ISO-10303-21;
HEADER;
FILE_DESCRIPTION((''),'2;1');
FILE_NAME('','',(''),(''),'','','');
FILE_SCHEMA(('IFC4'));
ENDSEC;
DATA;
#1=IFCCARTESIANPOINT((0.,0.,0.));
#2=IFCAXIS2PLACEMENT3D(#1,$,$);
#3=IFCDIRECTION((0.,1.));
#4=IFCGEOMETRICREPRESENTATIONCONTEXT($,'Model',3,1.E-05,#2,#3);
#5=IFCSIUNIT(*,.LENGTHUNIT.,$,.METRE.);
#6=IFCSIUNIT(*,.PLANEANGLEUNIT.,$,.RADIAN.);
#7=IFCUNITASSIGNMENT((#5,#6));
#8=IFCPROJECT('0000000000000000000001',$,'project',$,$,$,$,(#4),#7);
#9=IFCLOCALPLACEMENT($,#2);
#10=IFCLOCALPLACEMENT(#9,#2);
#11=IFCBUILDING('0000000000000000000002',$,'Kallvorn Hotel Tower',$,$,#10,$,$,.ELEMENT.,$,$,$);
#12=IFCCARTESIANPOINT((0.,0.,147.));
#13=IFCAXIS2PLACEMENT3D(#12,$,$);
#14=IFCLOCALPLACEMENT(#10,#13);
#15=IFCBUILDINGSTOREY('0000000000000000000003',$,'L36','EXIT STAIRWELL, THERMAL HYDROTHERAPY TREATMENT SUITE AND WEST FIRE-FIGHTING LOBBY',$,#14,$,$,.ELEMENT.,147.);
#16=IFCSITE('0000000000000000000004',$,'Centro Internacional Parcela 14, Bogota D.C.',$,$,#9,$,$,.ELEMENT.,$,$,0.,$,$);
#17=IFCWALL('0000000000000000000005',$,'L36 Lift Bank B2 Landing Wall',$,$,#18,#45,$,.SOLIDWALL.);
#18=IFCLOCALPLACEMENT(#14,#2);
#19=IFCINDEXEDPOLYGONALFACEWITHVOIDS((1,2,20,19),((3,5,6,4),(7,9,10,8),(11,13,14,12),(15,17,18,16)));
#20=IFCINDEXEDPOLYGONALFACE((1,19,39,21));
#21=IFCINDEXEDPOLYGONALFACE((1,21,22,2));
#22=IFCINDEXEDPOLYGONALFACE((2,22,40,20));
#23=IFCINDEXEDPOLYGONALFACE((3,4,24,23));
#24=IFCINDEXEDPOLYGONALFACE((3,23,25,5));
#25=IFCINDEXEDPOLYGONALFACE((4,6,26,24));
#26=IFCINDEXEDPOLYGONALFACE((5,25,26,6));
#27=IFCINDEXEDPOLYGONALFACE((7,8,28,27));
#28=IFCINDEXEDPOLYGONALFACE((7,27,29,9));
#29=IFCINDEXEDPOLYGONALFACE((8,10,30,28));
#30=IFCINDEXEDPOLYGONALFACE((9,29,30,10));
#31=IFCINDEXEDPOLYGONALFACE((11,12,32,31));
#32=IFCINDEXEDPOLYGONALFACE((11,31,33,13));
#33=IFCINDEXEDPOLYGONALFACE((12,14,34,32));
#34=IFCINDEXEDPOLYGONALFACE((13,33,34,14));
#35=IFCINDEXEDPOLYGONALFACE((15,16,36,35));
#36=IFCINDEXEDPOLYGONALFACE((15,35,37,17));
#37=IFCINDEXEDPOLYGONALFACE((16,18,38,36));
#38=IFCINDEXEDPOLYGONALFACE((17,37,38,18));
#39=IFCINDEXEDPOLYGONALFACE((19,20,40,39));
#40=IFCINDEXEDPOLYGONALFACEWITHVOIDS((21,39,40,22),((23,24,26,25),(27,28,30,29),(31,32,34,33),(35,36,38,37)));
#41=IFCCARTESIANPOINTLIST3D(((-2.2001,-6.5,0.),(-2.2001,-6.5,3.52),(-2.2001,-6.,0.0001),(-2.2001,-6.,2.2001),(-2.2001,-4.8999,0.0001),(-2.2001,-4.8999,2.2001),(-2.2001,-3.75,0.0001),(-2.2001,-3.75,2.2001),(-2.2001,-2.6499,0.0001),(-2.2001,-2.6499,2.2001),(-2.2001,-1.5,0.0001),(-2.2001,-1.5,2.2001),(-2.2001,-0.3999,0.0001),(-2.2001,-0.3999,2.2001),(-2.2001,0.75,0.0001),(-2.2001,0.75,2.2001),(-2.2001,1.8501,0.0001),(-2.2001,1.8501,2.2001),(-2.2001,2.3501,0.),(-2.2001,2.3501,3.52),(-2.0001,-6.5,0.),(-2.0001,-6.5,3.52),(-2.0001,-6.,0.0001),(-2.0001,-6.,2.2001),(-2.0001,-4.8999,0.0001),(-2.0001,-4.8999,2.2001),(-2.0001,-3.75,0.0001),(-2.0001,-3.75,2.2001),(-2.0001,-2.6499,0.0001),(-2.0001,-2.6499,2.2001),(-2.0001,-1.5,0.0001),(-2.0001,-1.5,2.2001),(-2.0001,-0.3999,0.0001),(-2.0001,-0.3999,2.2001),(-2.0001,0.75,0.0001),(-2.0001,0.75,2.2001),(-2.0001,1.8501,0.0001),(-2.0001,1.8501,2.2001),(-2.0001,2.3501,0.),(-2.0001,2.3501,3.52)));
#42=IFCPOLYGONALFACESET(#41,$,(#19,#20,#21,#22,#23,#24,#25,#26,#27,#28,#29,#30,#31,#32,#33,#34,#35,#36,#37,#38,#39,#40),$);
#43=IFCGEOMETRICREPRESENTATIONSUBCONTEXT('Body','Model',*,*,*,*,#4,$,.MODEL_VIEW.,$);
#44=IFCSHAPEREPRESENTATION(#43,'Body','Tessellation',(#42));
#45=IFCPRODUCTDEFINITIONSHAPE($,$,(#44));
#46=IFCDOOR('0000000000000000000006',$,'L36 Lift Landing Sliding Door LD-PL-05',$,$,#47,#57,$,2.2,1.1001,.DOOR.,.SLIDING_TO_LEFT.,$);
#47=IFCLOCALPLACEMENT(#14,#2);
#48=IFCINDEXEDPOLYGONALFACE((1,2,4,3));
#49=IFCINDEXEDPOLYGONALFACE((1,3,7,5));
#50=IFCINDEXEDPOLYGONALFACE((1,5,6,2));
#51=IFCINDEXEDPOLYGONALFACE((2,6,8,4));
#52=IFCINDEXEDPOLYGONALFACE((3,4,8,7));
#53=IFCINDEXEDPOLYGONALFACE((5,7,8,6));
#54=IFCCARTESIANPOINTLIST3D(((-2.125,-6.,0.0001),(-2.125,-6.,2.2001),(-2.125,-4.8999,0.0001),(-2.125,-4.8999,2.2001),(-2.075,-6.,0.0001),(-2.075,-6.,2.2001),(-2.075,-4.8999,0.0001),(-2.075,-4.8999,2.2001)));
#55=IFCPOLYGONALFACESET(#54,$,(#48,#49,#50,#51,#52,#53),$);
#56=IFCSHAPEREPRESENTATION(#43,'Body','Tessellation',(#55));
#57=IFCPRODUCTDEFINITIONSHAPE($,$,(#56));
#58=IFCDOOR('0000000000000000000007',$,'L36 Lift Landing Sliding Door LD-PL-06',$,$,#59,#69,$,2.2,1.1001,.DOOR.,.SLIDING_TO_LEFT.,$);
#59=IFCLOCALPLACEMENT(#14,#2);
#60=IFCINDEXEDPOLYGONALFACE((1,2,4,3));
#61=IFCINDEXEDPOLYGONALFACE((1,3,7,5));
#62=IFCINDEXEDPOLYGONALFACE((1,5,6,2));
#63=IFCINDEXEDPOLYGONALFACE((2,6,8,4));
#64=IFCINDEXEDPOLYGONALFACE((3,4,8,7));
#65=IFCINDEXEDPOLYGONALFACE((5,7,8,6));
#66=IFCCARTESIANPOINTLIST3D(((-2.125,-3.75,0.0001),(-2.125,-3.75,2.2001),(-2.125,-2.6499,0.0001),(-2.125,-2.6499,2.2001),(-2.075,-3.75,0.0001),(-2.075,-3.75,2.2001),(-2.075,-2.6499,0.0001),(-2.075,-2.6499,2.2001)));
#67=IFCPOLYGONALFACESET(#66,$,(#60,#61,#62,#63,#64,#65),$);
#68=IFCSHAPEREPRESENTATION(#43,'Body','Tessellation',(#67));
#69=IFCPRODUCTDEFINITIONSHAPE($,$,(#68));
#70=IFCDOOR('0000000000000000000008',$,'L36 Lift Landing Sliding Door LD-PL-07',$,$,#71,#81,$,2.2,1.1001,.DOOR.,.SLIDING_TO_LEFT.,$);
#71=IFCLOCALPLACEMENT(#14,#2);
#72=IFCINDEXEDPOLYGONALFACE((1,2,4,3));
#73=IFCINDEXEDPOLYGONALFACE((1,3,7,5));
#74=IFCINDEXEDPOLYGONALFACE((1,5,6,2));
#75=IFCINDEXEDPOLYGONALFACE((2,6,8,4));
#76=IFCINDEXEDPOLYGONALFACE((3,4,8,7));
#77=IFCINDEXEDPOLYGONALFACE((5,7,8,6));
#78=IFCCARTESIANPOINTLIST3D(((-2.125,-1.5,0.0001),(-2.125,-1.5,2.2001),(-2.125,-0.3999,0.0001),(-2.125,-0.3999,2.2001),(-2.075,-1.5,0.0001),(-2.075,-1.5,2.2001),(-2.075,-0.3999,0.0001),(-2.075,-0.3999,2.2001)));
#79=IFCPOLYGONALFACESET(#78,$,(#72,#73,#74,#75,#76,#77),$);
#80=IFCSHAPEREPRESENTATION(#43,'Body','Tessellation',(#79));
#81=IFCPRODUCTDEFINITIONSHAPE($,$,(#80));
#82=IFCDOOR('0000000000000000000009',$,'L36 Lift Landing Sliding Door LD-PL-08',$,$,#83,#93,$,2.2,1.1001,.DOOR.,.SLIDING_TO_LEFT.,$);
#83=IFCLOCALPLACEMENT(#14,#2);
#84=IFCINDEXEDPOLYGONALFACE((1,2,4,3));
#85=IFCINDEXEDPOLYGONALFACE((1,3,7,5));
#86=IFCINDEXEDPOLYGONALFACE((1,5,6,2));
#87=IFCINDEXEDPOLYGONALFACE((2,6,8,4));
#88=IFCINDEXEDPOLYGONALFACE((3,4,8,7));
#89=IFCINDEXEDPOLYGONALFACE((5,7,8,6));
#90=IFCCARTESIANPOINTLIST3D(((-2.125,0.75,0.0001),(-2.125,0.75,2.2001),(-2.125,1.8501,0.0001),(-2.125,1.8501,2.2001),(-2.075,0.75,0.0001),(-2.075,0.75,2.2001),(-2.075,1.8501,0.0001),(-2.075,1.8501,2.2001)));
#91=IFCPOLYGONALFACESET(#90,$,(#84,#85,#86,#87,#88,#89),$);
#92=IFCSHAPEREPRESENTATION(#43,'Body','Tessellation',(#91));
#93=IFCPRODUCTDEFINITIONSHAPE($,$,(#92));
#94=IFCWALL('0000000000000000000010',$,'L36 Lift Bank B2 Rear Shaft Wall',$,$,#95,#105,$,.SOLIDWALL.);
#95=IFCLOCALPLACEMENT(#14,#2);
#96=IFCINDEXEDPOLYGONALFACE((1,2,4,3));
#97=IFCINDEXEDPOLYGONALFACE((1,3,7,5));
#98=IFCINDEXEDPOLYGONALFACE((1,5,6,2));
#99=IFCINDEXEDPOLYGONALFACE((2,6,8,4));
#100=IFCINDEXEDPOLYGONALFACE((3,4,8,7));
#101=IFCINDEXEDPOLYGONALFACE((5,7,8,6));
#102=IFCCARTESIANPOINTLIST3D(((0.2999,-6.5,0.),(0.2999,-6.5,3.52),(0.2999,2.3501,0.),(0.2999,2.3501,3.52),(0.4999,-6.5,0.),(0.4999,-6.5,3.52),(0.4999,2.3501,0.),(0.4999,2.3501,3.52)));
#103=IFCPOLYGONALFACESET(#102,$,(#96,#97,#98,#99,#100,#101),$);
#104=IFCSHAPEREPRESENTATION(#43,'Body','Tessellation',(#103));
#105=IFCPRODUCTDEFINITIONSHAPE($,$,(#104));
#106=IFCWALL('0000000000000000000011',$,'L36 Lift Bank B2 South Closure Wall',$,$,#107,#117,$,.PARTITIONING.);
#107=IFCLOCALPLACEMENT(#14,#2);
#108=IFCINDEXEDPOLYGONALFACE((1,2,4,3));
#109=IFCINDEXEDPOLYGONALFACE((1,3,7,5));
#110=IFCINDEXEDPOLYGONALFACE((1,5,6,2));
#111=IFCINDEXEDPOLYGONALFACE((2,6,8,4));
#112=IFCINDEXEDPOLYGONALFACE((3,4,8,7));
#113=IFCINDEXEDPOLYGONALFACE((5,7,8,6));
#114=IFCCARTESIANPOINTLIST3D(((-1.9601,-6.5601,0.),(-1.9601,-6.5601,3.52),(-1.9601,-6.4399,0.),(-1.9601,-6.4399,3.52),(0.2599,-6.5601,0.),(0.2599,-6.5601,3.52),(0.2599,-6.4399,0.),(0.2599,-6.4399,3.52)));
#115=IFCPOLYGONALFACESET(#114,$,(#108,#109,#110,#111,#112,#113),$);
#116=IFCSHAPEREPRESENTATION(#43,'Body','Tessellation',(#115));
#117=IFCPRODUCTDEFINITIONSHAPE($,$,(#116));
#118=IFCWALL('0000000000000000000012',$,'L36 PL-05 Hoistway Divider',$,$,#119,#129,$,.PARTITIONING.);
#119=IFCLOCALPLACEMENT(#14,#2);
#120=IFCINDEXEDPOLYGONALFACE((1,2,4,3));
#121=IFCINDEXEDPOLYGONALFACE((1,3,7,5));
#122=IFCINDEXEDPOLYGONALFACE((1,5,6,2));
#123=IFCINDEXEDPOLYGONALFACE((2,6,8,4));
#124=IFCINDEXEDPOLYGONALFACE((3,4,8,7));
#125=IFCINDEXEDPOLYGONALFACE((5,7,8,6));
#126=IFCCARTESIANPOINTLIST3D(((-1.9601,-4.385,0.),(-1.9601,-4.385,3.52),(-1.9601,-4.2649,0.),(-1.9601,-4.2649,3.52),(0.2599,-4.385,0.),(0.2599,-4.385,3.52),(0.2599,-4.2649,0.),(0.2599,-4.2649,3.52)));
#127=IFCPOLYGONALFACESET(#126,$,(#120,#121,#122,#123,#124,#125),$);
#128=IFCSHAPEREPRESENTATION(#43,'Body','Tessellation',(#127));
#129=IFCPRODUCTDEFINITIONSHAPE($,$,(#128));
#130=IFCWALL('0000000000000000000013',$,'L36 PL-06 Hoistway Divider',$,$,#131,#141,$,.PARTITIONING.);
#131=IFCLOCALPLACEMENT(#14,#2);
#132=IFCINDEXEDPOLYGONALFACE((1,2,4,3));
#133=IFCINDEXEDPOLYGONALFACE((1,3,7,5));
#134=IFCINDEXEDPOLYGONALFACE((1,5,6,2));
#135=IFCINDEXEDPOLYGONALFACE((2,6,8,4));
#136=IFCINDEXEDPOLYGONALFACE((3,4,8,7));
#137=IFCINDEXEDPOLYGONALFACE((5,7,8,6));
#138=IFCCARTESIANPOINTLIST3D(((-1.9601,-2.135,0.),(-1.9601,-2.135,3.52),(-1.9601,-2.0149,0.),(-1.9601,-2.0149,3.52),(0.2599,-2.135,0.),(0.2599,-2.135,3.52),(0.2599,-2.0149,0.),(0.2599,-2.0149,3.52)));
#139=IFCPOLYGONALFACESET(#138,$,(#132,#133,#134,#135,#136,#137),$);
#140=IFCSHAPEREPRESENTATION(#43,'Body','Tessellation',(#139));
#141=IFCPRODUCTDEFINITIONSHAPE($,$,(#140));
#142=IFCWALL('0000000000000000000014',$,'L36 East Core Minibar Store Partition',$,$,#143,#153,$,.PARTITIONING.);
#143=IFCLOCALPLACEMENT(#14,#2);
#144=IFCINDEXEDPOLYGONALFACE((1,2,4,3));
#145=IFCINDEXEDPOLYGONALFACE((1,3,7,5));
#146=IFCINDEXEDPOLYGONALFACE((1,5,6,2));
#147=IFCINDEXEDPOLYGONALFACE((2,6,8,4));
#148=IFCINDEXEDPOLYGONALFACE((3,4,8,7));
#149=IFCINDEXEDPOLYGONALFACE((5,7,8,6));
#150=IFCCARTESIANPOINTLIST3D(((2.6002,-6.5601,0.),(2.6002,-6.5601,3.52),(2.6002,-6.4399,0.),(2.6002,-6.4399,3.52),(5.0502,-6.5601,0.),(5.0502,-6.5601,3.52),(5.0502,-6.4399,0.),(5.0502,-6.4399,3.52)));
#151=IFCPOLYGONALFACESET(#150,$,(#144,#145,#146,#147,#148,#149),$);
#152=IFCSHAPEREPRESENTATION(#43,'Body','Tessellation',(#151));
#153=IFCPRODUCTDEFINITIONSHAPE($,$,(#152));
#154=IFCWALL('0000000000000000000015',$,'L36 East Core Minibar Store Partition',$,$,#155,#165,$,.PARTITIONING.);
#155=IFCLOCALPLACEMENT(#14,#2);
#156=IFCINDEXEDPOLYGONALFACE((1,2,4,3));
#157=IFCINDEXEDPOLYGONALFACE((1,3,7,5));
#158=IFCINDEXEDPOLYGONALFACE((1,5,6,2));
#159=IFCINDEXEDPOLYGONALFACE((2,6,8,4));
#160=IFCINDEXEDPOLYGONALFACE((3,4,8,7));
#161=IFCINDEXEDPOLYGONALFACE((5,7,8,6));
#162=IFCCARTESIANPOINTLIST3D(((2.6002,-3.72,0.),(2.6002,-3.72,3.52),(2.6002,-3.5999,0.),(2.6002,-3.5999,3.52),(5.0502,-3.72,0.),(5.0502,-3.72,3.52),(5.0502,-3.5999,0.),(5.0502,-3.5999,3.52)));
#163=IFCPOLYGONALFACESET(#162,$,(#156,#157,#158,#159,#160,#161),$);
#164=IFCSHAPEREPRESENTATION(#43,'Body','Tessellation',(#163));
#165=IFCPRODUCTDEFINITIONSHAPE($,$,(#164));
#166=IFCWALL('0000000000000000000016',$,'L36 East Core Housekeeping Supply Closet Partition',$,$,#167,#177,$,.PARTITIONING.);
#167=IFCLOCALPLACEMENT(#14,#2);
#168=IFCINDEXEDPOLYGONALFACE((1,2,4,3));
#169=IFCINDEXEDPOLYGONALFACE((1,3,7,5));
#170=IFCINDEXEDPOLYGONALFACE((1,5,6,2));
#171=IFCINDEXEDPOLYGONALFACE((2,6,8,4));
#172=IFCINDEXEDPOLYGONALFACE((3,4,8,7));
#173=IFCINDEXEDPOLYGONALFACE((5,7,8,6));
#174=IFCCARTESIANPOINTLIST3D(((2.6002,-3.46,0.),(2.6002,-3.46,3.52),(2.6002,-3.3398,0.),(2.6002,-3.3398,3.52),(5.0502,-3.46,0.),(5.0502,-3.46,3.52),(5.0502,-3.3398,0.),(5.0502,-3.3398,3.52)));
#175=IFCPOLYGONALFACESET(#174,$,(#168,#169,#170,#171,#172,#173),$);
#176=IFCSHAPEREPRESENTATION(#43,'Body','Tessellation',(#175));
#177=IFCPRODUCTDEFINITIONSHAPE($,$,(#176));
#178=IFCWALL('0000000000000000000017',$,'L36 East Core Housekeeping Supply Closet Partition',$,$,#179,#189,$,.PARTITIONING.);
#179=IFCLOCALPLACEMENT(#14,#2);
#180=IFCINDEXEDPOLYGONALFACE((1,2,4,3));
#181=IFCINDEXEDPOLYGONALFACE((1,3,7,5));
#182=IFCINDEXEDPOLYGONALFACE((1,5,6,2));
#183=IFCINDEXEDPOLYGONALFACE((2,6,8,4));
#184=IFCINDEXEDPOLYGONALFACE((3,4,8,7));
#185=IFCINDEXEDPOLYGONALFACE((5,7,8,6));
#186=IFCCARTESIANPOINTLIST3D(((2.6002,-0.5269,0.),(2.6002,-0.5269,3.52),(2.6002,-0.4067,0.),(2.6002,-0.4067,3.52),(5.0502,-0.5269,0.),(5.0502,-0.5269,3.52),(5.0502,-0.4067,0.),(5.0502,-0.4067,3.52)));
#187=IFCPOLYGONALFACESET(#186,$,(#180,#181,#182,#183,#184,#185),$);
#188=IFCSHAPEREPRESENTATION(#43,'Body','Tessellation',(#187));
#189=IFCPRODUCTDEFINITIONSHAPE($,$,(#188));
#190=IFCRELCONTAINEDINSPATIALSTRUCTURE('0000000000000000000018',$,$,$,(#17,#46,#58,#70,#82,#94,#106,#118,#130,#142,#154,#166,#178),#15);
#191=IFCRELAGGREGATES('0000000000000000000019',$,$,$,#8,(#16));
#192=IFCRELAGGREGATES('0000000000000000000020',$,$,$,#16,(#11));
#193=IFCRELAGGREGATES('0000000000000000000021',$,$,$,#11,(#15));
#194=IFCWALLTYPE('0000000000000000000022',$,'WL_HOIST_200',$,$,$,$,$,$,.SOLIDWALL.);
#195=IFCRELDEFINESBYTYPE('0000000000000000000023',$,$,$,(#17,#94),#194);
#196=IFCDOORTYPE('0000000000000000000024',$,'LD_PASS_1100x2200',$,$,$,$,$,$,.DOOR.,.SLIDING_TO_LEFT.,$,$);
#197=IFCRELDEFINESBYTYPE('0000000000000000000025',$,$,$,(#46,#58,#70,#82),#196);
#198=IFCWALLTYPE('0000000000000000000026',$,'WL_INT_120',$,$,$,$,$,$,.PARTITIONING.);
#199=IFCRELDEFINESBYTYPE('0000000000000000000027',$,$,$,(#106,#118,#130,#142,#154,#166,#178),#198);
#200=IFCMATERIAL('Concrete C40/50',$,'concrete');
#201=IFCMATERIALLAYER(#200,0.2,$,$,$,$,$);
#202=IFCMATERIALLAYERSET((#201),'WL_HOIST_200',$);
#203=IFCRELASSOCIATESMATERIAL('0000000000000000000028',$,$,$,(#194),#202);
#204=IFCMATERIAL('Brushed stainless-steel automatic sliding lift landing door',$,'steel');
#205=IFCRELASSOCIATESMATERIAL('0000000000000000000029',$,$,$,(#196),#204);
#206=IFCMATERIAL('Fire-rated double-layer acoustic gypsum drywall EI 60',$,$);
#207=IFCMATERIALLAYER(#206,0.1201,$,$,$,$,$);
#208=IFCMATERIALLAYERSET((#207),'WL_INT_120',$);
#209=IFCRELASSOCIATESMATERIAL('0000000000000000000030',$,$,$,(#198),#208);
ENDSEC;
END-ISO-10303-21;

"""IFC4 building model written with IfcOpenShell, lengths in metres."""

from ifc_helpers import new_model, si_unit, direction, frame, frame_2d, origin, place, context, subcontext, project, spatial, rectangle, extrude, material, layer, layer_set, type_object, element, fill, save


model = new_model("IFC4")

# Units and contexts
model_context = context("Model", 3, precision=1e-05, world=origin(), true_north=direction((0.0, 1.0)))
body_context = subcontext(model_context, "Body", "Model", "MODEL_VIEW")
ifc_project = project(units=[si_unit("LENGTHUNIT", "METRE"), si_unit("PLANEANGLEUNIT", "RADIAN")], contexts=[model_context])

# Site, building, storey
site_placement = place(None, origin())
site = spatial("IfcSite", under=ifc_project, at=site_placement, Name="Centro Internacional Parcela 14, Bogota D.C.", CompositionType="ELEMENT", RefElevation=0.0)
building_placement = place(site_placement, origin())
building = spatial("IfcBuilding", under=site, at=building_placement, Name="Kallvorn Hotel Tower", CompositionType="ELEMENT")
storey_placement = place(building_placement, frame((0.0, 0.0, 147.0)))
storey = spatial("IfcBuildingStorey", under=building, at=storey_placement, Name="L36", Description="EXIT STAIRWELL, THERMAL HYDROTHERAPY TREATMENT SUITE AND WEST FIRE-FIGHTING LOBBY", CompositionType="ELEMENT", Elevation=147.0)

# Wall, openings, doors
ifc_material_1 = material(Name="Concrete C40/50", Category="concrete")
ifc_layer_1 = layer(ifc_material_1, 0.2)
ifc_layer_set_1 = layer_set([ifc_layer_1], Name="WL_HOIST_200")
wall_type_1 = type_object("IfcWallType", Name="WL_HOIST_200", PredefinedType="SOLIDWALL", material=ifc_layer_set_1)
wall_1_placement = place(storey_placement, frame((-2.1001, -6.5, 0.0), z_axis=(0.0, 0.0, 1.0), x_axis=(0.0, 1.0, 0.0)))
wall_1 = element("IfcWall", 1, at=wall_1_placement, inside=storey, type_object=wall_type_1, Name="L36 Lift Bank B2 Landing Wall", PredefinedType="SOLIDWALL", context=body_context, shape_type="SweptSolid", body=[
    extrude(rectangle(XDim=8.8501, YDim=0.2, at=frame_2d((4.425, 0.0))), origin(), (0.0, 0.0, 1.0), 3.52),
])
opening_1_placement = place(wall_1_placement, frame((0.5, 0.0, 0.0)))
opening_1 = element("IfcOpeningElement", 2, at=opening_1_placement, cuts=wall_1, PredefinedType="OPENING", context=body_context, shape_type="SweptSolid", body=[
    extrude(rectangle(XDim=1.1001, YDim=2.2, at=frame_2d((0.55, 1.1001))), frame((0.0, 0.115, 0.0), z_axis=(0.0, -1.0, 0.0), x_axis=(1.0, 0.0, 0.0)), (0.0, 0.0, 1.0), 0.23),
])
opening_2_placement = place(wall_1_placement, frame((2.75, 0.0, 0.0)))
opening_2 = element("IfcOpeningElement", 3, at=opening_2_placement, cuts=wall_1, PredefinedType="OPENING", context=body_context, shape_type="SweptSolid", body=[
    extrude(rectangle(XDim=1.1001, YDim=2.2, at=frame_2d((0.55, 1.1001))), frame((0.0, 0.115, 0.0), z_axis=(0.0, -1.0, 0.0), x_axis=(1.0, 0.0, 0.0)), (0.0, 0.0, 1.0), 0.23),
])
opening_3_placement = place(wall_1_placement, frame((5.0, 0.0, 0.0)))
opening_3 = element("IfcOpeningElement", 4, at=opening_3_placement, cuts=wall_1, PredefinedType="OPENING", context=body_context, shape_type="SweptSolid", body=[
    extrude(rectangle(XDim=1.1001, YDim=2.2, at=frame_2d((0.55, 1.1001))), frame((0.0, 0.115, 0.0), z_axis=(0.0, -1.0, 0.0), x_axis=(1.0, 0.0, 0.0)), (0.0, 0.0, 1.0), 0.23),
])
opening_4_placement = place(wall_1_placement, frame((7.25, 0.0, 0.0)))
opening_4 = element("IfcOpeningElement", 5, at=opening_4_placement, cuts=wall_1, PredefinedType="OPENING", context=body_context, shape_type="SweptSolid", body=[
    extrude(rectangle(XDim=1.1001, YDim=2.2, at=frame_2d((0.55, 1.1001))), frame((0.0, 0.115, 0.0), z_axis=(0.0, -1.0, 0.0), x_axis=(1.0, 0.0, 0.0)), (0.0, 0.0, 1.0), 0.23),
])
ifc_material_2 = material(Name="Brushed stainless-steel automatic sliding lift landing door", Category="steel")
door_type_1 = type_object("IfcDoorType", Name="LD_PASS_1100x2200", OperationType="SLIDING_TO_LEFT", PredefinedType="DOOR", material=ifc_material_2)
door_1_placement = place(opening_1_placement, origin())
door_1 = element("IfcDoor", 6, at=door_1_placement, inside=storey, type_object=door_type_1, Name="L36 Lift Landing Sliding Door LD-PL-05", OperationType="SLIDING_TO_LEFT", OverallHeight=2.2, OverallWidth=1.1001, PredefinedType="DOOR", context=body_context, shape_type="SweptSolid", body=[
    extrude(rectangle(XDim=1.1001, YDim=2.2, at=frame_2d((0.55, 1.1001))), frame((0.0, 0.0249, 0.0), z_axis=(0.0, -1.0, 0.0), x_axis=(1.0, 0.0, 0.0)), (0.0, 0.0, 1.0), 0.05),
])
fill(opening_1, door_1)
door_2_placement = place(opening_2_placement, origin())
door_2 = element("IfcDoor", 7, at=door_2_placement, inside=storey, type_object=door_type_1, Name="L36 Lift Landing Sliding Door LD-PL-06", OperationType="SLIDING_TO_LEFT", OverallHeight=2.2, OverallWidth=1.1001, PredefinedType="DOOR", context=body_context, shape_type="SweptSolid", body=[
    extrude(rectangle(XDim=1.1001, YDim=2.2, at=frame_2d((0.55, 1.1001))), frame((0.0, 0.0249, 0.0), z_axis=(0.0, -1.0, 0.0), x_axis=(1.0, 0.0, 0.0)), (0.0, 0.0, 1.0), 0.05),
])
fill(opening_2, door_2)
door_3_placement = place(opening_3_placement, origin())
door_3 = element("IfcDoor", 8, at=door_3_placement, inside=storey, type_object=door_type_1, Name="L36 Lift Landing Sliding Door LD-PL-07", OperationType="SLIDING_TO_LEFT", OverallHeight=2.2, OverallWidth=1.1001, PredefinedType="DOOR", context=body_context, shape_type="SweptSolid", body=[
    extrude(rectangle(XDim=1.1001, YDim=2.2, at=frame_2d((0.55, 1.1001))), frame((0.0, 0.0249, 0.0), z_axis=(0.0, -1.0, 0.0), x_axis=(1.0, 0.0, 0.0)), (0.0, 0.0, 1.0), 0.05),
])
fill(opening_3, door_3)
door_4_placement = place(opening_4_placement, origin())
door_4 = element("IfcDoor", 9, at=door_4_placement, inside=storey, type_object=door_type_1, Name="L36 Lift Landing Sliding Door LD-PL-08", OperationType="SLIDING_TO_LEFT", OverallHeight=2.2, OverallWidth=1.1001, PredefinedType="DOOR", context=body_context, shape_type="SweptSolid", body=[
    extrude(rectangle(XDim=1.1001, YDim=2.2, at=frame_2d((0.55, 1.1001))), frame((0.0, 0.0249, 0.0), z_axis=(0.0, -1.0, 0.0), x_axis=(1.0, 0.0, 0.0)), (0.0, 0.0, 1.0), 0.05),
])
fill(opening_4, door_4)

# Walls
wall_2_placement = place(storey_placement, frame((0.3999, -6.5, 0.0), z_axis=(0.0, 0.0, 1.0), x_axis=(0.0, 1.0, 0.0)))
element("IfcWall", 10, at=wall_2_placement, inside=storey, type_object=wall_type_1, Name="L36 Lift Bank B2 Rear Shaft Wall", PredefinedType="SOLIDWALL", context=body_context, shape_type="SweptSolid", body=[
    extrude(rectangle(XDim=8.8501, YDim=0.2, at=frame_2d((4.425, 0.0))), origin(), (0.0, 0.0, 1.0), 3.52),
])
ifc_material_3 = material(Name="Fire-rated double-layer acoustic gypsum drywall EI 60")
ifc_layer_2 = layer(ifc_material_3, 0.1201)
ifc_layer_set_2 = layer_set([ifc_layer_2], Name="WL_INT_120")
wall_type_2 = type_object("IfcWallType", Name="WL_INT_120", PredefinedType="PARTITIONING", material=ifc_layer_set_2)
for number, where, z_axis, x_axis, name in (
    (11, (-1.96, -6.5, 0.0), (0.0, 0.0, 1.0), (1.0, 0.0, 0.0), "L36 Lift Bank B2 South Closure Wall"),
    (12, (-1.96, -4.325, 0.0), (0.0, 0.0, 1.0), (1.0, 0.0, 0.0), "L36 PL-05 Hoistway Divider"),
    (13, (-1.96, -2.075, 0.0), (0.0, 0.0, 1.0), (1.0, 0.0, 0.0), "L36 PL-06 Hoistway Divider"),
):
    element("IfcWall", number, at=place(storey_placement, frame(where, z_axis=z_axis, x_axis=x_axis)), inside=storey, type_object=wall_type_2, Name=name, PredefinedType="PARTITIONING", context=body_context, shape_type="SweptSolid", body=[
        extrude(rectangle(XDim=2.22, YDim=0.1201, at=frame_2d((1.1099, 0.0))), origin(), (0.0, 0.0, 1.0), 3.52),
    ])
for number, where, z_axis, x_axis, name in (
    (14, (2.6001, -6.5, 0.0), (0.0, 0.0, 1.0), (1.0, 0.0, 0.0), "L36 East Core Minibar Store Partition"),
    (15, (2.6001, -3.6599, 0.0), (0.0, 0.0, 1.0), (1.0, 0.0, 0.0), "L36 East Core Minibar Store Partition"),
    (16, (2.6001, -3.3999, 0.0), (0.0, 0.0, 1.0), (1.0, 0.0, 0.0), "L36 East Core Housekeeping Supply Closet Partition"),
    (17, (2.6001, -0.4668, 0.0), (0.0, 0.0, 1.0), (1.0, 0.0, 0.0), "L36 East Core Housekeeping Supply Closet Partition"),
):
    element("IfcWall", number, at=place(storey_placement, frame(where, z_axis=z_axis, x_axis=x_axis)), inside=storey, type_object=wall_type_2, Name=name, PredefinedType="PARTITIONING", context=body_context, shape_type="SweptSolid", body=[
        extrude(rectangle(XDim=2.45, YDim=0.1201, at=frame_2d((1.2251, 0.0))), origin(), (0.0, 0.0, 1.0), 3.52),
    ])

save(model, "model.ifc")
